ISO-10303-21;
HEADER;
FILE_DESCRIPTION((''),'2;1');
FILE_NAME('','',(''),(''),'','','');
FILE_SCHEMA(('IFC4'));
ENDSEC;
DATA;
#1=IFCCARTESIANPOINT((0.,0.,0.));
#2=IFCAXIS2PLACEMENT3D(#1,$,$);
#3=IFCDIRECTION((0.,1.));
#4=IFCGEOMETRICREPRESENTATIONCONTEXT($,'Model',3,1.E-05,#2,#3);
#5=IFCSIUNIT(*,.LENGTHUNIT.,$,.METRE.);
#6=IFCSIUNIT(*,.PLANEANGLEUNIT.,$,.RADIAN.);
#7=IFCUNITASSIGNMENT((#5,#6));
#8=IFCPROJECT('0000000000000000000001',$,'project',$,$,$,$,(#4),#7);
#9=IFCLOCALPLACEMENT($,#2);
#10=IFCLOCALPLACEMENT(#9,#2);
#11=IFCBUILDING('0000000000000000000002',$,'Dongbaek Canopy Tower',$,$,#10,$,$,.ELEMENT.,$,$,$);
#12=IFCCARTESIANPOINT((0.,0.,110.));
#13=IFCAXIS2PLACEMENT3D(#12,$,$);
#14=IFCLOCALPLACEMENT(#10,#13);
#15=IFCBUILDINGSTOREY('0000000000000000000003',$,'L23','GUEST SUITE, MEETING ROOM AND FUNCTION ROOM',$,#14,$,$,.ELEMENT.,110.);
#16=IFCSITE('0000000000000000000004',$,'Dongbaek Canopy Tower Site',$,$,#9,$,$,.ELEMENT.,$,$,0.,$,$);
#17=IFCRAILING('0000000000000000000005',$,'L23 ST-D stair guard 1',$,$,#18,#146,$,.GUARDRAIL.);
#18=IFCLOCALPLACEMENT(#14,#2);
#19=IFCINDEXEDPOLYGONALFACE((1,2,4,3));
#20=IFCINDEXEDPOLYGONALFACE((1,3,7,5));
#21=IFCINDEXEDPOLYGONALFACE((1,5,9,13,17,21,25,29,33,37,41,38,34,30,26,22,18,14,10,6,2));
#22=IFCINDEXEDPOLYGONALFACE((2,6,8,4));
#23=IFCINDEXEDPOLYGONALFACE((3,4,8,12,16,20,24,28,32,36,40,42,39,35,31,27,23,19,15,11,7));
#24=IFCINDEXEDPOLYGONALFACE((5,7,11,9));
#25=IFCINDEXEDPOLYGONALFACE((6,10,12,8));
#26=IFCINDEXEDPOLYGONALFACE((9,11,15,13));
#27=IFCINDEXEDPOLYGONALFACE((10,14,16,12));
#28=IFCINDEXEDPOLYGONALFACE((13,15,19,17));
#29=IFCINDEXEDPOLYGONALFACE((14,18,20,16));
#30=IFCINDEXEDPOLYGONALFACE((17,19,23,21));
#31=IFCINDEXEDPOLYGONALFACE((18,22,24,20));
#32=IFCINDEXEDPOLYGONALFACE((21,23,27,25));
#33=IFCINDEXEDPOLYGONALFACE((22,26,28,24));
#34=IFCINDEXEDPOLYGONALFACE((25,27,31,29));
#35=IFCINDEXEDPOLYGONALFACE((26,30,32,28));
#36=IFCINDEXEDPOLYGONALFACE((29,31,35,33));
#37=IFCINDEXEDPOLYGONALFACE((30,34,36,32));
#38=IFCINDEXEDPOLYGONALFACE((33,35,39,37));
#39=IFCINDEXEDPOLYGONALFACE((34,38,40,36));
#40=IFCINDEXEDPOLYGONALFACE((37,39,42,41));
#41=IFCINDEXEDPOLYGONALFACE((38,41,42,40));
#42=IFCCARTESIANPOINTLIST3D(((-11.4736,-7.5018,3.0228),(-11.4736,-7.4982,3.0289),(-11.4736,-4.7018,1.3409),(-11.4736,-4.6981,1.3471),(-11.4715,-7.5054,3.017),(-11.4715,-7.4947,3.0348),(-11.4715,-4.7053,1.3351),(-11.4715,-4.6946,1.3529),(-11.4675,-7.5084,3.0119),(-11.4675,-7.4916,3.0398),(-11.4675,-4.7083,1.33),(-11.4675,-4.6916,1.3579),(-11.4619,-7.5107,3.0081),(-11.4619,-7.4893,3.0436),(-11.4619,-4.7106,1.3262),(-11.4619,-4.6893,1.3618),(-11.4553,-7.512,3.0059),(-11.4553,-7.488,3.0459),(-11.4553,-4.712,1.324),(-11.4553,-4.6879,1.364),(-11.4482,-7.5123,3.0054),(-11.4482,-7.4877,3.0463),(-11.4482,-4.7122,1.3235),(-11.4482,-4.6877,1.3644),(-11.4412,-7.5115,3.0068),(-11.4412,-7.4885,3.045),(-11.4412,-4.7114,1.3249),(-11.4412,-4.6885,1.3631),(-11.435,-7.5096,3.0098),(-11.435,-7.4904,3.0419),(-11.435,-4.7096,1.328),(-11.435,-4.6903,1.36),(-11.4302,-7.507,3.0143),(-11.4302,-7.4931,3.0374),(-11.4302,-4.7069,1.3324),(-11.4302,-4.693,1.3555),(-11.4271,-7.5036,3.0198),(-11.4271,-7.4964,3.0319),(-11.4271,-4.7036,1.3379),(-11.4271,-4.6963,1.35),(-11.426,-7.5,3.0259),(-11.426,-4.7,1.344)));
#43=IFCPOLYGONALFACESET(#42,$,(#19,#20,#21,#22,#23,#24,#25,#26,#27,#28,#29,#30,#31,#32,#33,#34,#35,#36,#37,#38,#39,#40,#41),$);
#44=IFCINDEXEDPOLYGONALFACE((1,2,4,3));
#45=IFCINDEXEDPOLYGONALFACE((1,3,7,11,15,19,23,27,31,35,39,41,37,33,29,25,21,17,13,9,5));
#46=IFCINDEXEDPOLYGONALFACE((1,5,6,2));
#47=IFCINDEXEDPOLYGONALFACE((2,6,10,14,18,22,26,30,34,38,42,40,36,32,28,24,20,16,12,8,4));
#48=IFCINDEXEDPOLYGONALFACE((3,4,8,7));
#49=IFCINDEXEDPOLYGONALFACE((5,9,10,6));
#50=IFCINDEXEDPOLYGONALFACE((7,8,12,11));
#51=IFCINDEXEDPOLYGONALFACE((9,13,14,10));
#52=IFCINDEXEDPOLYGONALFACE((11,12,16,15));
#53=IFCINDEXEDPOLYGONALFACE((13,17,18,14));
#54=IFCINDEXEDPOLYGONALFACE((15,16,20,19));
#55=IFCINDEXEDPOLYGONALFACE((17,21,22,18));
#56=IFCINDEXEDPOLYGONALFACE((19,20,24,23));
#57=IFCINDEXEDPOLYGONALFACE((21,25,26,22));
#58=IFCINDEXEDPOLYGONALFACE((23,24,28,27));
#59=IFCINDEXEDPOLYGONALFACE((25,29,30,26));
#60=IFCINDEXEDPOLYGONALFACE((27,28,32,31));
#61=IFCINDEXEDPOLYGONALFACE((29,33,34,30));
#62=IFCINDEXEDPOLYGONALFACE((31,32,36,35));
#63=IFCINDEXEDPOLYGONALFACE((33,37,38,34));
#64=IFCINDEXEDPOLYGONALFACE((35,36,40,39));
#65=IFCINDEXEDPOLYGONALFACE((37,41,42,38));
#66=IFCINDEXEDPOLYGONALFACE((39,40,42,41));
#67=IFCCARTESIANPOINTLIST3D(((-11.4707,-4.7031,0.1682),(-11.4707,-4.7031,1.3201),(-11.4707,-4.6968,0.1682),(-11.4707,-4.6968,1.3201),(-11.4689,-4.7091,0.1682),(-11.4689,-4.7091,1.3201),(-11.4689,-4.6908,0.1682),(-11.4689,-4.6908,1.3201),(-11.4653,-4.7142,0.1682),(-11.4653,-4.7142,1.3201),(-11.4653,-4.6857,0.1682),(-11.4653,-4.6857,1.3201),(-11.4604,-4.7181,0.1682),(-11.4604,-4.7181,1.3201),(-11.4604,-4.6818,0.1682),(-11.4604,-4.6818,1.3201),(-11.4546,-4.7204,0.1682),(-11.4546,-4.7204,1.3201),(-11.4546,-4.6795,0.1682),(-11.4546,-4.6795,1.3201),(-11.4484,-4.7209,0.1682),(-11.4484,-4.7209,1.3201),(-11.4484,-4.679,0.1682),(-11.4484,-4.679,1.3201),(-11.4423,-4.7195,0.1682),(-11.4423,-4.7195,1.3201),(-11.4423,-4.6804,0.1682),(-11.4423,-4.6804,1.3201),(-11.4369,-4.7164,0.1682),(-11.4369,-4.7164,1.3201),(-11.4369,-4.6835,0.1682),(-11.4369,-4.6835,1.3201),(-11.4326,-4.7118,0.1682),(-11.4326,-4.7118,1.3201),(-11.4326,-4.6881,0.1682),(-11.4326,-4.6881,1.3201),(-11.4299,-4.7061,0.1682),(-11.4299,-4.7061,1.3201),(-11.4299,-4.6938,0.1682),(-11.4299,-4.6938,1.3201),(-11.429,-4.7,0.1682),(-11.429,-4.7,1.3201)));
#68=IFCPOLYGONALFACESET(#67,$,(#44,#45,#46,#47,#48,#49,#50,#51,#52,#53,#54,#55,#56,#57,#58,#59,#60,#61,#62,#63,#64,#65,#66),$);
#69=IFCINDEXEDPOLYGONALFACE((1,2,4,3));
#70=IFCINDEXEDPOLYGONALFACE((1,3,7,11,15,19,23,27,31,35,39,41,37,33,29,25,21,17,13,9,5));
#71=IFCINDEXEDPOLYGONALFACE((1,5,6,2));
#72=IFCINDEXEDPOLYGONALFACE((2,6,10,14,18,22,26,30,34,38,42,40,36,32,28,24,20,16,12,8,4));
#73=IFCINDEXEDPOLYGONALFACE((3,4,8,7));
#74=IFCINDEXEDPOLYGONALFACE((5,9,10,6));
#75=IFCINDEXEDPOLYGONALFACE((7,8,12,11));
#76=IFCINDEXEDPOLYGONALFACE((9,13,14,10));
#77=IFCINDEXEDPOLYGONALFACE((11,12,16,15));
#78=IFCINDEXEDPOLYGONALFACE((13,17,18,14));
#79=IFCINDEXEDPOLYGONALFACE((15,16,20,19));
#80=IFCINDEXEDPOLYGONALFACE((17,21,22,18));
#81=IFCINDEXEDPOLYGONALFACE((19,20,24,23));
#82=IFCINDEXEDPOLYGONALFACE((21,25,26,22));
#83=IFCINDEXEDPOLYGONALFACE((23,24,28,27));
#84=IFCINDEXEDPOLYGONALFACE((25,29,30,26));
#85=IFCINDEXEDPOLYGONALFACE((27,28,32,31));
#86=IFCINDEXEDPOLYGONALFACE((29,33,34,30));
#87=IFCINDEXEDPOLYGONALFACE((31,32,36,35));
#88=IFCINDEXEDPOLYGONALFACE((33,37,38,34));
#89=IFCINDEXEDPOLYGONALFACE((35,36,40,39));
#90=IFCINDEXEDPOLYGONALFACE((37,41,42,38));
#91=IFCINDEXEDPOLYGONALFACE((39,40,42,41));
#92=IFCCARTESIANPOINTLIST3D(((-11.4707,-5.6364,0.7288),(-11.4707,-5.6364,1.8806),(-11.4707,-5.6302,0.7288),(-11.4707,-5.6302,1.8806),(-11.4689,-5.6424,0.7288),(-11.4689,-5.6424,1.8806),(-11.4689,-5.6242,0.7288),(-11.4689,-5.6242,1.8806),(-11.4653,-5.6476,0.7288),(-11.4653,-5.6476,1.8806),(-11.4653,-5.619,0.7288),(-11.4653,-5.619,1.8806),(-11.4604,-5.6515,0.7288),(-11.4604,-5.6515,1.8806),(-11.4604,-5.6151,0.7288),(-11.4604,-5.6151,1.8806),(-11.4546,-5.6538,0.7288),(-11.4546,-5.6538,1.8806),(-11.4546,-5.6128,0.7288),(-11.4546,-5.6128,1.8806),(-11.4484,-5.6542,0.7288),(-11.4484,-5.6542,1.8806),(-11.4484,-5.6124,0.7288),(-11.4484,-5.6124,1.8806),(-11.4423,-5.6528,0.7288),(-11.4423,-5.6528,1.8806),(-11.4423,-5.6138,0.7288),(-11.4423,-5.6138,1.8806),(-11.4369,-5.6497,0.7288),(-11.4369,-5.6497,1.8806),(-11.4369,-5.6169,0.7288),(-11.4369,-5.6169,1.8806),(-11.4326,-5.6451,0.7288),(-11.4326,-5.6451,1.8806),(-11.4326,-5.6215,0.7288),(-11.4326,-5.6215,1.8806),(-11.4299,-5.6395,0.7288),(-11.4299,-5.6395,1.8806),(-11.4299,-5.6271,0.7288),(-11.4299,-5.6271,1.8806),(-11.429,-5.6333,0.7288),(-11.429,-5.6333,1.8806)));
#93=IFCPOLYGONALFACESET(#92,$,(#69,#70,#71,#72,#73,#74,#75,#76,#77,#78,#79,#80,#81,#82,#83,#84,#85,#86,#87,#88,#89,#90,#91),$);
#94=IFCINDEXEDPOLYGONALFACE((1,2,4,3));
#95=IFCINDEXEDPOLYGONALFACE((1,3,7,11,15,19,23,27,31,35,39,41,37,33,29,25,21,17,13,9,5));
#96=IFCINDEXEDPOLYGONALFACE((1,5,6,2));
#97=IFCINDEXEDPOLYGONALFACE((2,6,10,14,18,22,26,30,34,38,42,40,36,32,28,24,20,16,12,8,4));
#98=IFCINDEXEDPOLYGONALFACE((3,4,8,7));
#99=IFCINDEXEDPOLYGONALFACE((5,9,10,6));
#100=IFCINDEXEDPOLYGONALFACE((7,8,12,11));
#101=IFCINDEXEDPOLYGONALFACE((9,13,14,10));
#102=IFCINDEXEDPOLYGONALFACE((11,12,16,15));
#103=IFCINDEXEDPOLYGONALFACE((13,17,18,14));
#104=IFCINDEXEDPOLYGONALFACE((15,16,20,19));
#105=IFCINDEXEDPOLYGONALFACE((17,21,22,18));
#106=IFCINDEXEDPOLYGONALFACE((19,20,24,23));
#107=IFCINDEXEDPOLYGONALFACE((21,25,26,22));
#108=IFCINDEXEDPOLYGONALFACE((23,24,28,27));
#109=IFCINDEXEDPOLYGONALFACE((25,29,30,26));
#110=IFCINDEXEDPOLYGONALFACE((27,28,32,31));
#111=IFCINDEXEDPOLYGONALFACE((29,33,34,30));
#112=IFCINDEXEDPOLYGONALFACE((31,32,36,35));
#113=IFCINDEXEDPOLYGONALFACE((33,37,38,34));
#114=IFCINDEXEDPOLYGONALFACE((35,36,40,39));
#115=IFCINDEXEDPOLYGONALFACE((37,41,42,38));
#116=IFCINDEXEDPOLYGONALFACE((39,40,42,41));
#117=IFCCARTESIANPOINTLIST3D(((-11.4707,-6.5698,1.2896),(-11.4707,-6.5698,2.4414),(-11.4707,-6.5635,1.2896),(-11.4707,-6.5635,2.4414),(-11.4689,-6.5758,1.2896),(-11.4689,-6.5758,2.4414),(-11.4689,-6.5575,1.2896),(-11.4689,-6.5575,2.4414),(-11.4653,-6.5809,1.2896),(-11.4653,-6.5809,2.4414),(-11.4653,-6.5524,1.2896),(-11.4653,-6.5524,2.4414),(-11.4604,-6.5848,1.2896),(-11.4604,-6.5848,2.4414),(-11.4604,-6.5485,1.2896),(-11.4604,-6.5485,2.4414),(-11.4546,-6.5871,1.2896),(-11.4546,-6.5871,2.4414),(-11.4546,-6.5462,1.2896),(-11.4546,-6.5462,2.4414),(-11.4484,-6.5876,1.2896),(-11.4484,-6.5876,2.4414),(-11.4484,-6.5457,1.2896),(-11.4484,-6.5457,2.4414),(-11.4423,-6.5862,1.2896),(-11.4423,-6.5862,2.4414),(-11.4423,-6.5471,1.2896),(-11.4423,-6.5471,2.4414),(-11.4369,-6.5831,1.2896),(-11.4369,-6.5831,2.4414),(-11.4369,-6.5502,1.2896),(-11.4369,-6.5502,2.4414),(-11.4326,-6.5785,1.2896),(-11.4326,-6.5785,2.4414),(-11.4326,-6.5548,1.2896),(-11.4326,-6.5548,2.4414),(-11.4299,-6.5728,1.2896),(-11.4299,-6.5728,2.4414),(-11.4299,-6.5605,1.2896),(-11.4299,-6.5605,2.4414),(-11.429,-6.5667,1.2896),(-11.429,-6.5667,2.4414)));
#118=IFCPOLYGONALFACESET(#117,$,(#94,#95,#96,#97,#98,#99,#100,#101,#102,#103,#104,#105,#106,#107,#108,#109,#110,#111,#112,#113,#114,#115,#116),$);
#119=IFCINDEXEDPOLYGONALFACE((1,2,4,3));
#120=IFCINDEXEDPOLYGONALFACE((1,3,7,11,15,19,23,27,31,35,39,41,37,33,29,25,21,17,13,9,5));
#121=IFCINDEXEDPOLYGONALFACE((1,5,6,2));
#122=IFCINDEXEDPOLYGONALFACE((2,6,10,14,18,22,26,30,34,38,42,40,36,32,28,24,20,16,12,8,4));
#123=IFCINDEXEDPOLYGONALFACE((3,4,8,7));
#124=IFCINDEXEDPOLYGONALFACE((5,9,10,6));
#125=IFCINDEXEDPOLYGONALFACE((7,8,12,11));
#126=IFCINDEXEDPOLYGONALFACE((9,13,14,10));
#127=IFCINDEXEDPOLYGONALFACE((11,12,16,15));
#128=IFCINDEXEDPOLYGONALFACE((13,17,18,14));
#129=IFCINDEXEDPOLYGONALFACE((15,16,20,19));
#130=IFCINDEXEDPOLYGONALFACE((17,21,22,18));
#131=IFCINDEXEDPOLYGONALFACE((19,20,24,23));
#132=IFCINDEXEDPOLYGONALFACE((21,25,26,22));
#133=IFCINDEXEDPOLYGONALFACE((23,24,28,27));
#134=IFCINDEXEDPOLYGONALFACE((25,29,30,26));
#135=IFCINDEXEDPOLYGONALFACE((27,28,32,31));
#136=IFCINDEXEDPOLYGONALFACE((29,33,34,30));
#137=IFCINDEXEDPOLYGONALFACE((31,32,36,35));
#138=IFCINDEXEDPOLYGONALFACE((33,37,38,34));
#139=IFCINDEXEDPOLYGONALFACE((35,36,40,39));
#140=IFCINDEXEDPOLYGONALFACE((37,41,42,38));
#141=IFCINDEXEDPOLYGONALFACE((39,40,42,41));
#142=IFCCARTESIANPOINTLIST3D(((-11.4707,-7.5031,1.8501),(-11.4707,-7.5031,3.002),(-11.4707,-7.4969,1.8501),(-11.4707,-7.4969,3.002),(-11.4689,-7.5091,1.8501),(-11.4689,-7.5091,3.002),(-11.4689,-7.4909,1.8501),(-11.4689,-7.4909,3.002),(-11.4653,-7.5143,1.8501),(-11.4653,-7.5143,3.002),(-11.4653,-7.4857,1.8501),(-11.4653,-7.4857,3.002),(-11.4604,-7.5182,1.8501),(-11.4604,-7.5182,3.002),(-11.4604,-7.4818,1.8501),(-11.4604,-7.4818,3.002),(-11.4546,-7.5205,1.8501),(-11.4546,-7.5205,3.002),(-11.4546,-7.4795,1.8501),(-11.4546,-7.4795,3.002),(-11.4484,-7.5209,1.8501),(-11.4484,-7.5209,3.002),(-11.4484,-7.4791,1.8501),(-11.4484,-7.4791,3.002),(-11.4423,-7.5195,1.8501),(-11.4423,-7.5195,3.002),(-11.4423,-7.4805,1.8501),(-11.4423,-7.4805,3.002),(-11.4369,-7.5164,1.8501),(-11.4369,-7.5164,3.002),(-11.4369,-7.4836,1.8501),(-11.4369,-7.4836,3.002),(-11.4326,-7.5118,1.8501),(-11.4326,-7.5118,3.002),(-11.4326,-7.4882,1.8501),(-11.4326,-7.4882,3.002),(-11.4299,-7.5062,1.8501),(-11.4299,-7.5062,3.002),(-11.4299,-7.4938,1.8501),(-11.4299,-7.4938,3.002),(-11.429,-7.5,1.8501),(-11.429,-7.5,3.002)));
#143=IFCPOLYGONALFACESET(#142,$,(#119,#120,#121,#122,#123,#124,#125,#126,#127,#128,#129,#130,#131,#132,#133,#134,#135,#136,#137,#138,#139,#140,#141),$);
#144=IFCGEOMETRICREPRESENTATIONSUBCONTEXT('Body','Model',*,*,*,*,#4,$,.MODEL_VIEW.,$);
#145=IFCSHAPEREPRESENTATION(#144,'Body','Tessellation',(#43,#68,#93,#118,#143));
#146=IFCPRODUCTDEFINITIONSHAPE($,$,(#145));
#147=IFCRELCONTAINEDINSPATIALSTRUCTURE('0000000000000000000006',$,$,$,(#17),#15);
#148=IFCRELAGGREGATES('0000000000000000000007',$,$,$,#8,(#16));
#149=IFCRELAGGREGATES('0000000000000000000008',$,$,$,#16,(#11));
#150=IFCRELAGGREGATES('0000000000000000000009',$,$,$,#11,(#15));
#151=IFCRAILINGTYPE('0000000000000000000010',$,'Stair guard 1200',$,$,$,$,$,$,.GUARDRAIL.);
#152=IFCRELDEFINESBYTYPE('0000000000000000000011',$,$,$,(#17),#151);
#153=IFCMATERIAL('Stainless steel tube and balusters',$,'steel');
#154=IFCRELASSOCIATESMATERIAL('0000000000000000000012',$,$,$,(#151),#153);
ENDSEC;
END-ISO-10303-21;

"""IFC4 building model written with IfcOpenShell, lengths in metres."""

from ifc_helpers import new_model, si_unit, direction, frame, origin, origin_2d, place, context, subcontext, project, spatial, circle, extrude, material, type_object, element, save


model = new_model("IFC4")

# Units and contexts
model_context = context("Model", 3, precision=1e-05, world=origin(), true_north=direction((0.0, 1.0)))
body_context = subcontext(model_context, "Body", "Model", "MODEL_VIEW")
ifc_project = project(units=[si_unit("LENGTHUNIT", "METRE"), si_unit("PLANEANGLEUNIT", "RADIAN")], contexts=[model_context])

# Site, building, storey
site_placement = place(None, origin())
site = spatial("IfcSite", under=ifc_project, at=site_placement, Name="Dongbaek Canopy Tower Site", CompositionType="ELEMENT", RefElevation=0.0)
building_placement = place(site_placement, origin())
building = spatial("IfcBuilding", under=site, at=building_placement, Name="Dongbaek Canopy Tower", CompositionType="ELEMENT")
storey_placement = place(building_placement, frame((0.0, 0.0, 110.0)))
storey = spatial("IfcBuildingStorey", under=building, at=storey_placement, Name="L23", Description="GUEST SUITE, MEETING ROOM AND FUNCTION ROOM", CompositionType="ELEMENT", Elevation=110.0)

# Railing
ifc_material_1 = material(Name="Stainless steel tube and balusters", Category="steel")
railing_type_1 = type_object("IfcRailingType", Name="Stair guard 1200", PredefinedType="GUARDRAIL", material=ifc_material_1)
railing_1_placement = place(storey_placement, frame((-11.45, -4.7, 0.1682)))
element("IfcRailing", 1, at=railing_1_placement, inside=storey, type_object=railing_type_1, Name="L23 ST-D stair guard 1", PredefinedType="GUARDRAIL", context=body_context, shape_type="SweptSolid", body=[
    extrude(circle(Radius=0.0239, at=origin_2d()), frame((0.0, 0.0, 1.1758), z_axis=(0.0, -0.857242, 0.514913), x_axis=(1.0, 0.0, 0.0)), (0.0, 0.0, 1.0), 3.2664),
    extrude(circle(Radius=0.021, at=origin_2d()), origin(), (0.0, 0.0, 1.0), 1.1519),
    extrude(circle(Radius=0.021, at=origin_2d()), frame((0.0, -0.9333, 0.5605)), (0.0, 0.0, 1.0), 1.1519),
    extrude(circle(Radius=0.021, at=origin_2d()), frame((0.0, -1.8667, 1.1213)), (0.0, 0.0, 1.0), 1.1519),
    extrude(circle(Radius=0.021, at=origin_2d()), frame((0.0, -2.8, 1.6819)), (0.0, 0.0, 1.0), 1.1519),
])

save(model, "model.ifc")
